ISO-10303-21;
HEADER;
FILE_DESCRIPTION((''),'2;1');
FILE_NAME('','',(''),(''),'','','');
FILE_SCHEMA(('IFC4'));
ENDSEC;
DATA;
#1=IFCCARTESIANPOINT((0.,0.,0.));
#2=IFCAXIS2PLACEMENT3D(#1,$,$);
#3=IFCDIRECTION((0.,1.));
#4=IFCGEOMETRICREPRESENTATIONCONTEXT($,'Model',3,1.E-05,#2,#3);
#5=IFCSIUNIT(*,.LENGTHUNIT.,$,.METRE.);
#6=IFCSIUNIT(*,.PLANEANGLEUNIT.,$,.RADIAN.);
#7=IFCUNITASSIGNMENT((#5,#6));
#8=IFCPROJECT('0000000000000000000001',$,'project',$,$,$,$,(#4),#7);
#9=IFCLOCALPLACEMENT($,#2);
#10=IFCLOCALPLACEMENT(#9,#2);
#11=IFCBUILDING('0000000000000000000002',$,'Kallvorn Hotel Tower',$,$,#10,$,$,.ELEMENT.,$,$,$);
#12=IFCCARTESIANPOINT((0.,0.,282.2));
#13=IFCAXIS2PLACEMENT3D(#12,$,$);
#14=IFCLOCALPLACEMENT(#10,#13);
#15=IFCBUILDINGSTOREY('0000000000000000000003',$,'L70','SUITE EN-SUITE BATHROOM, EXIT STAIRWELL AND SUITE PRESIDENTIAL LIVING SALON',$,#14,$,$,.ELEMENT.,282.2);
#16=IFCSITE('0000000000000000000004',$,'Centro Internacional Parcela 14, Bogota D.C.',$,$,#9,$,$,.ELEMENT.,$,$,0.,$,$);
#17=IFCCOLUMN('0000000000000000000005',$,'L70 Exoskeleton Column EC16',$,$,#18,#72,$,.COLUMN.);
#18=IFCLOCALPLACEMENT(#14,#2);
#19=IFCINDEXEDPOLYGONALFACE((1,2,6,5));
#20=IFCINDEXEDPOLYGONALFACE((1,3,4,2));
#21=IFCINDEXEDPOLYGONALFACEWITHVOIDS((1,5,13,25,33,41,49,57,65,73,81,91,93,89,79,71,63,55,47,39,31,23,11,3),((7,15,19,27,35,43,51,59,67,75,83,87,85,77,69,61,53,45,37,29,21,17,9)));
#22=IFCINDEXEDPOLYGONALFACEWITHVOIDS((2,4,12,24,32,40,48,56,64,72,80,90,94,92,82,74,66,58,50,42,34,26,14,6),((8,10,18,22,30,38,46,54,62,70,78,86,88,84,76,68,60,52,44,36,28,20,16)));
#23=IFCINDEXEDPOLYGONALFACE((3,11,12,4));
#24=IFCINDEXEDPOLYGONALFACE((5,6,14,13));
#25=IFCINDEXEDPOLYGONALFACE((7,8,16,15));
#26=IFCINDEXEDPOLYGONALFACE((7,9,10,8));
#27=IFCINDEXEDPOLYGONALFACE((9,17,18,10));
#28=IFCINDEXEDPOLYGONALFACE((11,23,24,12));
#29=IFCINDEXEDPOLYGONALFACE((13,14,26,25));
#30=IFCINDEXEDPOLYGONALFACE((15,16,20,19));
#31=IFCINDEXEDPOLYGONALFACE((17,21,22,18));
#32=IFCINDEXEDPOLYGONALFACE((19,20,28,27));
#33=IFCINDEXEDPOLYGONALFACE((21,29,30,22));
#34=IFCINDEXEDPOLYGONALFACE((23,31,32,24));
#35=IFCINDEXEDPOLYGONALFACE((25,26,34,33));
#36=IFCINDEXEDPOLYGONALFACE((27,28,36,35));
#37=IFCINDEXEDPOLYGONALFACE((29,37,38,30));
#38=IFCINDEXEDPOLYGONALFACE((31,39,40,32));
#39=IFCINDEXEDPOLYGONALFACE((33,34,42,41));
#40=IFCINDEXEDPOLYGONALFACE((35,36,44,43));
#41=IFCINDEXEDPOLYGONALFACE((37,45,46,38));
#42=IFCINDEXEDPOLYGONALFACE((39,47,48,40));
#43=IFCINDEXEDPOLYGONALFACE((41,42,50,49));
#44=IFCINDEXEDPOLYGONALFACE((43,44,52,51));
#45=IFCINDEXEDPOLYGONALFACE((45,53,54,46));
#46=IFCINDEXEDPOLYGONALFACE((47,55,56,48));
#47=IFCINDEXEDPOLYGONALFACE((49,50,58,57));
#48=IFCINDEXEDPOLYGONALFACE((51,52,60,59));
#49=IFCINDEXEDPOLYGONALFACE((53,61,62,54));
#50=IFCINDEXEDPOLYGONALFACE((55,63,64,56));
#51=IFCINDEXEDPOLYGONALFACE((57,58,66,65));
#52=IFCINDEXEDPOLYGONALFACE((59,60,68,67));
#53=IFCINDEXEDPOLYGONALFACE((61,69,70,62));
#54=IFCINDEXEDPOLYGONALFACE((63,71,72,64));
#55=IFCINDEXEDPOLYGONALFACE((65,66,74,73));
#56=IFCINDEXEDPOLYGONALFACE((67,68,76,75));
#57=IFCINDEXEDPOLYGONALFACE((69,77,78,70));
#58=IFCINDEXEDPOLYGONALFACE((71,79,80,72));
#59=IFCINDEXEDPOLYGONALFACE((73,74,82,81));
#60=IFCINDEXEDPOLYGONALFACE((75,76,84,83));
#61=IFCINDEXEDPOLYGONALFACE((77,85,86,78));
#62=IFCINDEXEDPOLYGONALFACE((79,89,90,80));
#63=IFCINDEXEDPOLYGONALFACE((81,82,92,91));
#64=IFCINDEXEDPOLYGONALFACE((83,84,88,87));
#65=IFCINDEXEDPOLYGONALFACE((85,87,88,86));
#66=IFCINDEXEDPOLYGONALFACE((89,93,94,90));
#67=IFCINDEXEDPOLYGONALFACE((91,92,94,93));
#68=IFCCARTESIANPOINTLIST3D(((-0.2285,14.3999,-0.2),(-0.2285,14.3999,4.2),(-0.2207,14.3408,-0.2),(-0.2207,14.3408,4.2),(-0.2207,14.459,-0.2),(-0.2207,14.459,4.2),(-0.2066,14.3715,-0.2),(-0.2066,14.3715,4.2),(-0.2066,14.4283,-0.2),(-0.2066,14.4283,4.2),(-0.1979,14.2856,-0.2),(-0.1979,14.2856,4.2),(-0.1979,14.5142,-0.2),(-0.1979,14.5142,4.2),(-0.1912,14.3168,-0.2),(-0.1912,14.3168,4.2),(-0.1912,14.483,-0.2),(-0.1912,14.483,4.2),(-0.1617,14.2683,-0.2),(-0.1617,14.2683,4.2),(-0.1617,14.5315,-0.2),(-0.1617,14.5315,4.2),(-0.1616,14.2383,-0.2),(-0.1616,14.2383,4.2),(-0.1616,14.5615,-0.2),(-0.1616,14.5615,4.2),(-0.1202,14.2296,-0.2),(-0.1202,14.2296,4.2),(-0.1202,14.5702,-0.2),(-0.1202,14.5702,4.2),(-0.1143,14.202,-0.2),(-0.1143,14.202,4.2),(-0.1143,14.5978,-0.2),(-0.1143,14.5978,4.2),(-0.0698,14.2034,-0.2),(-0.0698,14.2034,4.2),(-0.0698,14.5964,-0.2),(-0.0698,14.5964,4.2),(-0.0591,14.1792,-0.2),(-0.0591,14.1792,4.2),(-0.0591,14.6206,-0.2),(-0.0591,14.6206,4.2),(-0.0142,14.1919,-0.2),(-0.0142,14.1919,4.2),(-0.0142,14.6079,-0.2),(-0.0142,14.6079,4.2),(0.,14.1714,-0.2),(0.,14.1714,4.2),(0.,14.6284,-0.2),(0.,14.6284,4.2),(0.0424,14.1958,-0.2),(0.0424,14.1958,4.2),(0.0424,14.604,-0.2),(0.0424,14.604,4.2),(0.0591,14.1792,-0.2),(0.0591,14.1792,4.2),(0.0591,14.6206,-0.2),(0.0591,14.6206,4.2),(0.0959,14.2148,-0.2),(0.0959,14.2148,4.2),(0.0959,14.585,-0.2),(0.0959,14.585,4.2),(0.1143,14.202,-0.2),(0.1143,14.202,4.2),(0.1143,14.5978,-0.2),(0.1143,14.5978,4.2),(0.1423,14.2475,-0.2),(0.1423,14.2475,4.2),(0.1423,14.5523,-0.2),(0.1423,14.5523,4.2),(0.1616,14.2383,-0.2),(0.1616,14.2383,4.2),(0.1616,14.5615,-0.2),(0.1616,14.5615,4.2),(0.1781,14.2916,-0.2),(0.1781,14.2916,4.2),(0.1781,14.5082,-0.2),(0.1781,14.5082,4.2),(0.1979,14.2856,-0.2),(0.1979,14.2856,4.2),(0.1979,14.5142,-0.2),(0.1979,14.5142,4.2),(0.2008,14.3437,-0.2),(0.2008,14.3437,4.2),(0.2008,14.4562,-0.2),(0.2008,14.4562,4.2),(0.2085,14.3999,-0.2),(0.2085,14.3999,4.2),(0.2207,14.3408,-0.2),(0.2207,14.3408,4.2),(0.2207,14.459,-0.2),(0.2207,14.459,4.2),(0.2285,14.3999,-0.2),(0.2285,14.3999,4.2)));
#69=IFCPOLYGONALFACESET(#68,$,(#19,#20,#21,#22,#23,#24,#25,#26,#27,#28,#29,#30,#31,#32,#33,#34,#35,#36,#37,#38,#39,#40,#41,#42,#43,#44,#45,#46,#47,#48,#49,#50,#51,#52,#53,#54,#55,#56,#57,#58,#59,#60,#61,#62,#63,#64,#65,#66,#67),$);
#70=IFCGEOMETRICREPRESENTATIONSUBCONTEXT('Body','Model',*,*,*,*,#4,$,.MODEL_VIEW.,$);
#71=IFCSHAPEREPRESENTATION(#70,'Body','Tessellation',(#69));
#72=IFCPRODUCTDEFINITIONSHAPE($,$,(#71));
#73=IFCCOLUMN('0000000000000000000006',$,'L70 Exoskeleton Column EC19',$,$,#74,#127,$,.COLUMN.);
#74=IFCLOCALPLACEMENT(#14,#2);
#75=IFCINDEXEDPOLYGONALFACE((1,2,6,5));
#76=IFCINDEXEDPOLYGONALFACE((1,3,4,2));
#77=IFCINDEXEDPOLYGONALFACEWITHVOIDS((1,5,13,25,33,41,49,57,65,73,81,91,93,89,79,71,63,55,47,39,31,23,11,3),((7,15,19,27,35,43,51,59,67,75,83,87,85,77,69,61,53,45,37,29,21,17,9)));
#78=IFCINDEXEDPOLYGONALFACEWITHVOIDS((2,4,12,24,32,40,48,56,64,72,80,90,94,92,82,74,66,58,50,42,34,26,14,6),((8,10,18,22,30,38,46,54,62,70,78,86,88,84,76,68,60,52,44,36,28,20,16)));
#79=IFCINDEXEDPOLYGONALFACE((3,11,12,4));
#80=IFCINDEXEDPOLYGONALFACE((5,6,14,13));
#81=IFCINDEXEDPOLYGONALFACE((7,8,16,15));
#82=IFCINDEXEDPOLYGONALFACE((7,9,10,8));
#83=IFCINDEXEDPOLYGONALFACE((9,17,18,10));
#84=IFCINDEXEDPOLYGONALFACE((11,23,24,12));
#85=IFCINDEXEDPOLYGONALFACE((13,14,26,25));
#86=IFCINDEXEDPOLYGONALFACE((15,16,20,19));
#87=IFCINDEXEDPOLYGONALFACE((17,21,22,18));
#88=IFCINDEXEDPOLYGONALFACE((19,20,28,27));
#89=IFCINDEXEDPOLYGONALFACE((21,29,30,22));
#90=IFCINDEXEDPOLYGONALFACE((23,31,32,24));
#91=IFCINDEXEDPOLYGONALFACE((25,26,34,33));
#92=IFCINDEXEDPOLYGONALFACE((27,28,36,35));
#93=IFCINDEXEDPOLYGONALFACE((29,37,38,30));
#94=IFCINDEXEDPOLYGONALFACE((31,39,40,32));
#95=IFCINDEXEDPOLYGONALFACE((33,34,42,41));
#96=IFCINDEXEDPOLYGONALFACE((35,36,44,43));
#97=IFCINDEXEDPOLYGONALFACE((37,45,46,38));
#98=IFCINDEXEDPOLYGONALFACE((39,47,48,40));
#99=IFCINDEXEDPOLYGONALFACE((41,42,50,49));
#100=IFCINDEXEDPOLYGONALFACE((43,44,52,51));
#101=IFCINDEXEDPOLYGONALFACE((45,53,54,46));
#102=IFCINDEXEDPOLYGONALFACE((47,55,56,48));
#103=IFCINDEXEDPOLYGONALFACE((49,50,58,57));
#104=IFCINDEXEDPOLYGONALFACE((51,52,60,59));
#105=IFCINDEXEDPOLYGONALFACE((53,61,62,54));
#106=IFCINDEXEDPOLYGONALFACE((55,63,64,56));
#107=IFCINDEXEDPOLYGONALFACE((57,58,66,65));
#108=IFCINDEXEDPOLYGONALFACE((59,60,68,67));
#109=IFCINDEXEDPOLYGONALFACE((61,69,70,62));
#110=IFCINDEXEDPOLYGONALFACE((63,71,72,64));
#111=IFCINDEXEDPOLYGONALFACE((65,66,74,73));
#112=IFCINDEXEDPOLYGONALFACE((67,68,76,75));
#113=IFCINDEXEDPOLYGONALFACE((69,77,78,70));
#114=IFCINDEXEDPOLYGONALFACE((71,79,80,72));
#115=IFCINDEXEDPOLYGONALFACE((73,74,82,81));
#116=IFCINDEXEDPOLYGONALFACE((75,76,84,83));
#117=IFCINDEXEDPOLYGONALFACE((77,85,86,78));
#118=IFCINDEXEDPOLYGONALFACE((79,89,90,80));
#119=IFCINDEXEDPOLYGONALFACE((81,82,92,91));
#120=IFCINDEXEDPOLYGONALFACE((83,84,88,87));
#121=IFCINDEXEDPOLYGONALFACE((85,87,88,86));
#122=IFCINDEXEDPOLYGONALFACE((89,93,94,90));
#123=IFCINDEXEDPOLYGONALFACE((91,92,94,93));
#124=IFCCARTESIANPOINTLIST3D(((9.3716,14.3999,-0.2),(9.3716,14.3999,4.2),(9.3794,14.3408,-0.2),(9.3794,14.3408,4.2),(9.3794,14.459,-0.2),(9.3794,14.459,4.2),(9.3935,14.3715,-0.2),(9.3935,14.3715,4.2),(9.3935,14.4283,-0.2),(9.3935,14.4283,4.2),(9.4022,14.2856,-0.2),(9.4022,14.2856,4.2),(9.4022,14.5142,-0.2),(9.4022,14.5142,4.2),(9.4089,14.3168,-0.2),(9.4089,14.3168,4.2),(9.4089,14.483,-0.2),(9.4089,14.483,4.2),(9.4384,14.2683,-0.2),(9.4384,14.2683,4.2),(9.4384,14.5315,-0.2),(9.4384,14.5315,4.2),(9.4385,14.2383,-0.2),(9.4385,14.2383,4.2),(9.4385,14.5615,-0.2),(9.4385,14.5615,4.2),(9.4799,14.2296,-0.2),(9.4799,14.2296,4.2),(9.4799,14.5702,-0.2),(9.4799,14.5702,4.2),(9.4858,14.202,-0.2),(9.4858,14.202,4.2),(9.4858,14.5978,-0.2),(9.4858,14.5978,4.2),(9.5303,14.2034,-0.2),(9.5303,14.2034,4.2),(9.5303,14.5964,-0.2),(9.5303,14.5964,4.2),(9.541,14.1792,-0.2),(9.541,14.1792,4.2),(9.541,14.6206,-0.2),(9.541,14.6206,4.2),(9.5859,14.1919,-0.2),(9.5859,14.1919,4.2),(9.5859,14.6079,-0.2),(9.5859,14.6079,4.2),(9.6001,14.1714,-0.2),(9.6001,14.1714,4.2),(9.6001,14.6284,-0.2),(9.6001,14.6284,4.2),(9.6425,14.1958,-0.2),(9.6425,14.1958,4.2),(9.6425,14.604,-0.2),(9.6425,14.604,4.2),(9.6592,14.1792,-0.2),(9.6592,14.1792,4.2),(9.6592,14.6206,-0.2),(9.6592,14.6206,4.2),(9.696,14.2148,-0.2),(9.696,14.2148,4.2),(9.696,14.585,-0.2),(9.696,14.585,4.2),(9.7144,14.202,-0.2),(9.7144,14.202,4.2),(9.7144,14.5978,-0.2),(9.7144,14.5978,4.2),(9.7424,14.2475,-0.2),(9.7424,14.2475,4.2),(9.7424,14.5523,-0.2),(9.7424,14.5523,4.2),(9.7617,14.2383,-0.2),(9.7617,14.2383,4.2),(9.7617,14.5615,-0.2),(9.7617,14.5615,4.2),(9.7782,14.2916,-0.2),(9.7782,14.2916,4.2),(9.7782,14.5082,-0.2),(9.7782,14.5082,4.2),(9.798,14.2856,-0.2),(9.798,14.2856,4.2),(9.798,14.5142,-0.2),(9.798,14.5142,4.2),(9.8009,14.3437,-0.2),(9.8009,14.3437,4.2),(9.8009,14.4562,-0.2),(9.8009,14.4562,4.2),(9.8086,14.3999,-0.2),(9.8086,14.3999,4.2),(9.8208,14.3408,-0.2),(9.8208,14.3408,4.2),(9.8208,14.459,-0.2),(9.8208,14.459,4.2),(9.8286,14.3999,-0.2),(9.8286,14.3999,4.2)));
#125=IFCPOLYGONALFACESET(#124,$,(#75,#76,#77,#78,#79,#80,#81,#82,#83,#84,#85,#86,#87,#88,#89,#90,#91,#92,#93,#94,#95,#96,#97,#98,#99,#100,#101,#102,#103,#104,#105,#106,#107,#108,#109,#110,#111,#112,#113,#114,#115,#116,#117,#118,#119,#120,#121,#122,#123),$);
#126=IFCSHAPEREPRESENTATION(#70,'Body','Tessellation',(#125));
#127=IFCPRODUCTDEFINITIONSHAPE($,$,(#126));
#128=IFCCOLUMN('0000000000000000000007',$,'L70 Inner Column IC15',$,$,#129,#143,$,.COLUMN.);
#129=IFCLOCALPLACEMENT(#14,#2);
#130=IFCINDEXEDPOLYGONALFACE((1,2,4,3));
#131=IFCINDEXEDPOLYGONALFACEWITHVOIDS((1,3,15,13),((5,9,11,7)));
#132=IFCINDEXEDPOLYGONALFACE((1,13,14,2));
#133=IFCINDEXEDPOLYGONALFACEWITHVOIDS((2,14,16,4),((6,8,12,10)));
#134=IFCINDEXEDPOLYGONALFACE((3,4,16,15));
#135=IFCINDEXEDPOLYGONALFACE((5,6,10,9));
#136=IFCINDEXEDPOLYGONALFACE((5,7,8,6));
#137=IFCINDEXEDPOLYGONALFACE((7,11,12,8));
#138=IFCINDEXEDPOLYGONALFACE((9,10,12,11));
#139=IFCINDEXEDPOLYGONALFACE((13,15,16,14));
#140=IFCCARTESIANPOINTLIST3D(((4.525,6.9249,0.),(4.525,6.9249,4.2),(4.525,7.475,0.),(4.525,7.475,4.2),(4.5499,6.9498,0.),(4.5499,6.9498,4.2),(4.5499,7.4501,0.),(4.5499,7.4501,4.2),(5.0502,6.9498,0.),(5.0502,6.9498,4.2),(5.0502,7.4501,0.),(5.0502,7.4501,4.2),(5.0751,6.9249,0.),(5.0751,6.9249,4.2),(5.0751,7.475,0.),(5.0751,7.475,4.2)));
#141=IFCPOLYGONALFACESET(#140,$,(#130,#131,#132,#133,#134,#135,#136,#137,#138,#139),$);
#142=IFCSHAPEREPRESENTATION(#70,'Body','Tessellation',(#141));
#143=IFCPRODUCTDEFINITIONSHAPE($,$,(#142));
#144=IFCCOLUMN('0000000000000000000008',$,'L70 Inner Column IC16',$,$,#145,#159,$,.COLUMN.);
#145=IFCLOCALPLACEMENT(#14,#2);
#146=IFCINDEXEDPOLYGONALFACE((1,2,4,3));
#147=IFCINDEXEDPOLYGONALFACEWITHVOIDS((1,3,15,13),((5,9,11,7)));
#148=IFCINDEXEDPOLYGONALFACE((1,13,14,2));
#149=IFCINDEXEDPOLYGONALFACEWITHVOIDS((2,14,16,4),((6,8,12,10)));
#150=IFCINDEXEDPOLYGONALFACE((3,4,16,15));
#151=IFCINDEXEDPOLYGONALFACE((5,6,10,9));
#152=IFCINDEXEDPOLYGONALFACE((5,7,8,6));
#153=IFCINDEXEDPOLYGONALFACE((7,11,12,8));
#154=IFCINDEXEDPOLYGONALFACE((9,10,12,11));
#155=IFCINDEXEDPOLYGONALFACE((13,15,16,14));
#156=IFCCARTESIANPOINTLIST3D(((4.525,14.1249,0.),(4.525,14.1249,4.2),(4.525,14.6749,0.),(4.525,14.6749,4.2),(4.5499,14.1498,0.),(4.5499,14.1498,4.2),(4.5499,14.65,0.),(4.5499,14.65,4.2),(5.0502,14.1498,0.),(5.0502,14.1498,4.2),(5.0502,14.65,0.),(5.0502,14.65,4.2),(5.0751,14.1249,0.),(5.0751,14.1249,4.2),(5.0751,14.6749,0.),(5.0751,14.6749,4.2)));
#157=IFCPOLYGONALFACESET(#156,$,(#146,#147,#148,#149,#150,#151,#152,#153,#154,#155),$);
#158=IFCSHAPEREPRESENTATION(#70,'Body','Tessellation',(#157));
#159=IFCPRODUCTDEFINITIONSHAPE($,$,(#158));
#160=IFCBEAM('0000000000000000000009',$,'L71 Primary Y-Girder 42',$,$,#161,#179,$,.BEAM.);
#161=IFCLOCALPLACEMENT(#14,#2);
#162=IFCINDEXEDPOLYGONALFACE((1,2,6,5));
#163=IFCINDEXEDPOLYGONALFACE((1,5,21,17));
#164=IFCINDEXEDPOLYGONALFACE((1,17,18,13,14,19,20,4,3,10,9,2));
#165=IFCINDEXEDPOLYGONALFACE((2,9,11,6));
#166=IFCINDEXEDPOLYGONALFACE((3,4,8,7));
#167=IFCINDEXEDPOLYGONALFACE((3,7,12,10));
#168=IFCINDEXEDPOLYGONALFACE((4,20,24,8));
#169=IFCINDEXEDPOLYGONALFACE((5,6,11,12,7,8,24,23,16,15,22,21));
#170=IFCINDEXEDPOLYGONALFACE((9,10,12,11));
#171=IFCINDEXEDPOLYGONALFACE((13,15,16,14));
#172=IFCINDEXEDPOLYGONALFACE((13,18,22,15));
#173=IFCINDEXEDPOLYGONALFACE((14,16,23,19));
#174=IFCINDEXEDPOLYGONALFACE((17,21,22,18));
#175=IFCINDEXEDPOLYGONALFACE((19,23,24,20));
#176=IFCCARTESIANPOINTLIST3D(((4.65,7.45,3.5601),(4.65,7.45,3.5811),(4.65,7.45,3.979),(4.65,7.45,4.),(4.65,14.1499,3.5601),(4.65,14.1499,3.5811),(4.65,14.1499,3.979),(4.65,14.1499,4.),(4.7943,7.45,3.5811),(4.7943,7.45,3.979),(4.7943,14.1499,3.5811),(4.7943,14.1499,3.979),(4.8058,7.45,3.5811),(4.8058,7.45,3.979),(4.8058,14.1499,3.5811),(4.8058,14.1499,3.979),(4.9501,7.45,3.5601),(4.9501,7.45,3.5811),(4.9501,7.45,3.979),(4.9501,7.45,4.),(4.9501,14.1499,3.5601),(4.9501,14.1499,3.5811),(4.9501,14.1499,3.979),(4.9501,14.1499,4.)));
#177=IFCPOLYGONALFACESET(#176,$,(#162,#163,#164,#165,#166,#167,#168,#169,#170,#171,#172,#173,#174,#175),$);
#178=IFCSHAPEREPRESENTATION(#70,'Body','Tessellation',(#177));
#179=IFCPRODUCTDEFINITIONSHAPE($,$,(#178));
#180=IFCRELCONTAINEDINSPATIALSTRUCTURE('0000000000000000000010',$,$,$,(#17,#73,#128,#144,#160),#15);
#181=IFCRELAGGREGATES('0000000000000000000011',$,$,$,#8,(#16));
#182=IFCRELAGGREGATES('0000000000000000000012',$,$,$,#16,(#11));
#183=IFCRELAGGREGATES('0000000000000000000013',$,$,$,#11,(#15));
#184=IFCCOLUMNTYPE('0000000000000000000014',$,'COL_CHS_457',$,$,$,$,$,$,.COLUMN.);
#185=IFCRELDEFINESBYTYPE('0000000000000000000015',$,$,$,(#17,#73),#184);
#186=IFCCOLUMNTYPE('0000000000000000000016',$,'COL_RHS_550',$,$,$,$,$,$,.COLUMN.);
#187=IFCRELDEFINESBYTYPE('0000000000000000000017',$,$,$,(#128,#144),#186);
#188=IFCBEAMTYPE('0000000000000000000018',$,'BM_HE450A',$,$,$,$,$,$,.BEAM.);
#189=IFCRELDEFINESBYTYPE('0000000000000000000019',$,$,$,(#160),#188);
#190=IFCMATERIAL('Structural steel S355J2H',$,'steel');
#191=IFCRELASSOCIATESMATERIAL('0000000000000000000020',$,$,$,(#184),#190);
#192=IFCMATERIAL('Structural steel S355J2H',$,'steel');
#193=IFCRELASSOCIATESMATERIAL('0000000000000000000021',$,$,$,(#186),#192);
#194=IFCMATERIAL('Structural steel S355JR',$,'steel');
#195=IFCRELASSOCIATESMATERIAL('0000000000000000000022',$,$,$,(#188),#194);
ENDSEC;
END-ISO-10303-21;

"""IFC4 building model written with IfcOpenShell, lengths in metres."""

from ifc_helpers import new_model, si_unit, direction, frame, origin, origin_2d, place, context, subcontext, project, spatial, hollow_rectangle, hollow_circle, i_section, extrude, material, material_profile, profile_set, type_object, element, save


model = new_model("IFC4")

# Units and contexts
model_context = context("Model", 3, precision=1e-05, world=origin(), true_north=direction((0.0, 1.0)))
body_context = subcontext(model_context, "Body", "Model", "MODEL_VIEW")
ifc_project = project(units=[si_unit("LENGTHUNIT", "METRE"), si_unit("PLANEANGLEUNIT", "RADIAN")], contexts=[model_context])

# Site, building, storey
site_placement = place(None, origin())
site = spatial("IfcSite", under=ifc_project, at=site_placement, Name="Centro Internacional Parcela 14, Bogota D.C.", CompositionType="ELEMENT", RefElevation=0.0)
building_placement = place(site_placement, origin())
building = spatial("IfcBuilding", under=site, at=building_placement, Name="Kallvorn Hotel Tower", CompositionType="ELEMENT")
storey_placement = place(building_placement, frame((0.0, 0.0, 282.2)))
storey = spatial("IfcBuildingStorey", under=building, at=storey_placement, Name="L70", Description="SUITE EN-SUITE BATHROOM, EXIT STAIRWELL AND SUITE PRESIDENTIAL LIVING SALON", CompositionType="ELEMENT", Elevation=282.2)

# Columns
ifc_material_1 = material(Name="Structural steel S355J2H", Category="steel")
ifc_material_profile_1 = material_profile(ifc_material_1, hollow_circle(Radius=0.2285, WallThickness=0.02, at=origin_2d()), Name="CHS 457x20")
ifc_profile_set_1 = profile_set([ifc_material_profile_1], Name="Structural steel S355J2H")
column_type_1 = type_object("IfcColumnType", Name="COL_CHS_457", PredefinedType="COLUMN", material=ifc_profile_set_1)
for number, where, z_axis, x_axis, name in (
    (1, (0.0, 14.3999, -0.2), (0.0, 0.0, 1.0), (1.0, 0.0, 0.0), "L70 Exoskeleton Column EC16"),
    (2, (9.6001, 14.3999, -0.2), (0.0, 0.0, 1.0), (1.0, 0.0, 0.0), "L70 Exoskeleton Column EC19"),
):
    element("IfcColumn", number, at=place(storey_placement, frame(where, z_axis=z_axis, x_axis=x_axis)), inside=storey, type_object=column_type_1, Name=name, PredefinedType="COLUMN", context=body_context, shape_type="SweptSolid", body=[
        extrude(hollow_circle(Radius=0.2285, WallThickness=0.02, at=origin_2d()), origin(), (0.0, 0.0, 1.0), 4.3999),
    ])
ifc_material_2 = material(Name="Structural steel S355J2H", Category="steel")
ifc_material_profile_2 = material_profile(ifc_material_2, hollow_rectangle(XDim=0.55, YDim=0.55, WallThickness=0.0249, at=origin_2d()), Name="RHS 550x550x25")
ifc_profile_set_2 = profile_set([ifc_material_profile_2], Name="Structural steel S355J2H")
column_type_2 = type_object("IfcColumnType", Name="COL_RHS_550", PredefinedType="COLUMN", material=ifc_profile_set_2)
for number, where, z_axis, x_axis, name in (
    (3, (4.8, 7.2, 0.0), (0.0, 0.0, 1.0), (1.0, 0.0, 0.0), "L70 Inner Column IC15"),
    (4, (4.8, 14.3999, 0.0), (0.0, 0.0, 1.0), (1.0, 0.0, 0.0), "L70 Inner Column IC16"),
):
    element("IfcColumn", number, at=place(storey_placement, frame(where, z_axis=z_axis, x_axis=x_axis)), inside=storey, type_object=column_type_2, Name=name, PredefinedType="COLUMN", context=body_context, shape_type="SweptSolid", body=[
        extrude(hollow_rectangle(XDim=0.55, YDim=0.55, WallThickness=0.0249, at=origin_2d()), origin(), (0.0, 0.0, 1.0), 4.2),
    ])

# Beam
ifc_material_3 = material(Name="Structural steel S355JR", Category="steel")
ifc_material_profile_3 = material_profile(ifc_material_3, i_section(OverallWidth=0.3, OverallDepth=0.4399, WebThickness=0.0115, FlangeThickness=0.021, at=origin_2d()), Name="HE 450 A")
ifc_profile_set_3 = profile_set([ifc_material_profile_3], Name="Structural steel S355JR")
beam_type_1 = type_object("IfcBeamType", Name="BM_HE450A", PredefinedType="BEAM", material=ifc_profile_set_3)
beam_1_placement = place(storey_placement, frame((4.8, 7.45, 3.78), z_axis=(0.0, 1.0, 0.0), x_axis=(-1.0, 0.0, 0.0)))
element("IfcBeam", 5, at=beam_1_placement, inside=storey, type_object=beam_type_1, Name="L71 Primary Y-Girder 42", PredefinedType="BEAM", context=body_context, shape_type="SweptSolid", body=[
    extrude(i_section(OverallWidth=0.3, OverallDepth=0.4399, WebThickness=0.0115, FlangeThickness=0.021, at=origin_2d()), origin(), (0.0, 0.0, 1.0), 6.7),
])

save(model, "model.ifc")
